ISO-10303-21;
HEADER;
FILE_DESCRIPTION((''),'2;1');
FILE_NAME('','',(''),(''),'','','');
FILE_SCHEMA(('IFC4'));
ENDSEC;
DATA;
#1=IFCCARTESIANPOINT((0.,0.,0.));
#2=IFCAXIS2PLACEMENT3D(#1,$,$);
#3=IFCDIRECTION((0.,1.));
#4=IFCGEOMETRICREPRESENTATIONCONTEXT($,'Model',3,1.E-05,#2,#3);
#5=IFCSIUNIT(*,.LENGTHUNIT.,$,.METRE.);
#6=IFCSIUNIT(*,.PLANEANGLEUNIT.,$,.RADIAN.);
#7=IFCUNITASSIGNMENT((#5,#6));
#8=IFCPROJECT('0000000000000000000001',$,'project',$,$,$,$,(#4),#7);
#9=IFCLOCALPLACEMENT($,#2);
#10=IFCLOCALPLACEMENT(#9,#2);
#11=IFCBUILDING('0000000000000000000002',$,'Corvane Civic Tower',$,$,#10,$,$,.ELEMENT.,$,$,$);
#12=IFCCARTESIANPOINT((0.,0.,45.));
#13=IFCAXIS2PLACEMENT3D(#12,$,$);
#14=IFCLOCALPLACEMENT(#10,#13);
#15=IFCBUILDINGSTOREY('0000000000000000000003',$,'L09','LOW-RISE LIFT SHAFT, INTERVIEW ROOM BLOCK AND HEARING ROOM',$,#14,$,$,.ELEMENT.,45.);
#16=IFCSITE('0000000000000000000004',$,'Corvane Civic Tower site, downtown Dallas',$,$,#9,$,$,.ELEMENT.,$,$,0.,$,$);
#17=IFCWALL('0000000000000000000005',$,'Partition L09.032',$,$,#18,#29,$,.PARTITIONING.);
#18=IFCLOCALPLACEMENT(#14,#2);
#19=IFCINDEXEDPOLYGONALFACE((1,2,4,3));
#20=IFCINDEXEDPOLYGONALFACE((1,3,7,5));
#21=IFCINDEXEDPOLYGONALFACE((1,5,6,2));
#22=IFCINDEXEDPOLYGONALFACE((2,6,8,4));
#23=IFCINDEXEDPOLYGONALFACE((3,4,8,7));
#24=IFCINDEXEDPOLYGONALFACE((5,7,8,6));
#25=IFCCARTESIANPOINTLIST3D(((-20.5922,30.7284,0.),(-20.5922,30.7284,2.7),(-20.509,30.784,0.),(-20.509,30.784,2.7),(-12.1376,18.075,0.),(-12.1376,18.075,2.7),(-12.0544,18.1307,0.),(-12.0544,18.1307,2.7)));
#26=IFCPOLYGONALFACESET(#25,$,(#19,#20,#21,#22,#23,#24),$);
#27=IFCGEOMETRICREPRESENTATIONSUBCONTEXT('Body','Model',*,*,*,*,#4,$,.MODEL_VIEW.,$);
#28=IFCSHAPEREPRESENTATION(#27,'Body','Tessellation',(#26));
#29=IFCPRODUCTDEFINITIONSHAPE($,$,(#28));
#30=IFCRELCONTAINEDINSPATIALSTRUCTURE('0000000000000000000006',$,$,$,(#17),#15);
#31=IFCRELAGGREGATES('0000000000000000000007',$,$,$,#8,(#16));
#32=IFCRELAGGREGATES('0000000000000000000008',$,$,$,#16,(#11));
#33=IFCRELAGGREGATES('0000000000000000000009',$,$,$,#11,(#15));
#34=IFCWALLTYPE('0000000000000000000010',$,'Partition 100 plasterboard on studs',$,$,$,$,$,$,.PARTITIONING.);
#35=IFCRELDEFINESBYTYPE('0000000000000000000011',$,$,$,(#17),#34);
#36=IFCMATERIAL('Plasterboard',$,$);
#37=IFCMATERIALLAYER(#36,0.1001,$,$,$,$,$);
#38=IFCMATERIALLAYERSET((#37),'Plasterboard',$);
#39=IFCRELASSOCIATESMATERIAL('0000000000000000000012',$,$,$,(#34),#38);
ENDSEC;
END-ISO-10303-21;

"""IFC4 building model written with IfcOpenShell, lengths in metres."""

from ifc_helpers import new_model, si_unit, direction, frame, frame_2d, origin, place, context, subcontext, project, spatial, rectangle, extrude, material, layer, layer_set, type_object, element, save


model = new_model("IFC4")

# Units and contexts
model_context = context("Model", 3, precision=1e-05, world=origin(), true_north=direction((0.0, 1.0)))
body_context = subcontext(model_context, "Body", "Model", "MODEL_VIEW")
ifc_project = project(units=[si_unit("LENGTHUNIT", "METRE"), si_unit("PLANEANGLEUNIT", "RADIAN")], contexts=[model_context])

# Site, building, storey
site_placement = place(None, origin())
site = spatial("IfcSite", under=ifc_project, at=site_placement, Name="Corvane Civic Tower site, downtown Dallas", CompositionType="ELEMENT", RefElevation=0.0)
building_placement = place(site_placement, origin())
building = spatial("IfcBuilding", under=site, at=building_placement, Name="Corvane Civic Tower", CompositionType="ELEMENT")
storey_placement = place(building_placement, frame((0.0, 0.0, 45.0)))
storey = spatial("IfcBuildingStorey", under=building, at=storey_placement, Name="L09", Description="LOW-RISE LIFT SHAFT, INTERVIEW ROOM BLOCK AND HEARING ROOM", CompositionType="ELEMENT", Elevation=45.0)

# Wall
ifc_material_1 = material(Name="Plasterboard")
ifc_layer_1 = layer(ifc_material_1, 0.1001)
ifc_layer_set_1 = layer_set([ifc_layer_1], Name="Plasterboard")
wall_type = type_object("IfcWallType", Name="Partition 100 plasterboard on studs", PredefinedType="PARTITIONING", material=ifc_layer_set_1)
wall_1_placement = place(storey_placement, frame((-20.5505, 30.7561, 0.0), z_axis=(0.0, 0.0, 1.0), x_axis=(0.555566, -0.831472, 0.0)))
element("IfcWall", 1, at=wall_1_placement, inside=storey, type_object=wall_type, Name="Partition L09.032", PredefinedType="PARTITIONING", context=body_context, shape_type="SweptSolid", body=[
    extrude(rectangle(XDim=15.218, YDim=0.1001, at=frame_2d((7.6089, 0.0))), origin(), (0.0, 0.0, 1.0), 2.7),
])

save(model, "model.ifc")
